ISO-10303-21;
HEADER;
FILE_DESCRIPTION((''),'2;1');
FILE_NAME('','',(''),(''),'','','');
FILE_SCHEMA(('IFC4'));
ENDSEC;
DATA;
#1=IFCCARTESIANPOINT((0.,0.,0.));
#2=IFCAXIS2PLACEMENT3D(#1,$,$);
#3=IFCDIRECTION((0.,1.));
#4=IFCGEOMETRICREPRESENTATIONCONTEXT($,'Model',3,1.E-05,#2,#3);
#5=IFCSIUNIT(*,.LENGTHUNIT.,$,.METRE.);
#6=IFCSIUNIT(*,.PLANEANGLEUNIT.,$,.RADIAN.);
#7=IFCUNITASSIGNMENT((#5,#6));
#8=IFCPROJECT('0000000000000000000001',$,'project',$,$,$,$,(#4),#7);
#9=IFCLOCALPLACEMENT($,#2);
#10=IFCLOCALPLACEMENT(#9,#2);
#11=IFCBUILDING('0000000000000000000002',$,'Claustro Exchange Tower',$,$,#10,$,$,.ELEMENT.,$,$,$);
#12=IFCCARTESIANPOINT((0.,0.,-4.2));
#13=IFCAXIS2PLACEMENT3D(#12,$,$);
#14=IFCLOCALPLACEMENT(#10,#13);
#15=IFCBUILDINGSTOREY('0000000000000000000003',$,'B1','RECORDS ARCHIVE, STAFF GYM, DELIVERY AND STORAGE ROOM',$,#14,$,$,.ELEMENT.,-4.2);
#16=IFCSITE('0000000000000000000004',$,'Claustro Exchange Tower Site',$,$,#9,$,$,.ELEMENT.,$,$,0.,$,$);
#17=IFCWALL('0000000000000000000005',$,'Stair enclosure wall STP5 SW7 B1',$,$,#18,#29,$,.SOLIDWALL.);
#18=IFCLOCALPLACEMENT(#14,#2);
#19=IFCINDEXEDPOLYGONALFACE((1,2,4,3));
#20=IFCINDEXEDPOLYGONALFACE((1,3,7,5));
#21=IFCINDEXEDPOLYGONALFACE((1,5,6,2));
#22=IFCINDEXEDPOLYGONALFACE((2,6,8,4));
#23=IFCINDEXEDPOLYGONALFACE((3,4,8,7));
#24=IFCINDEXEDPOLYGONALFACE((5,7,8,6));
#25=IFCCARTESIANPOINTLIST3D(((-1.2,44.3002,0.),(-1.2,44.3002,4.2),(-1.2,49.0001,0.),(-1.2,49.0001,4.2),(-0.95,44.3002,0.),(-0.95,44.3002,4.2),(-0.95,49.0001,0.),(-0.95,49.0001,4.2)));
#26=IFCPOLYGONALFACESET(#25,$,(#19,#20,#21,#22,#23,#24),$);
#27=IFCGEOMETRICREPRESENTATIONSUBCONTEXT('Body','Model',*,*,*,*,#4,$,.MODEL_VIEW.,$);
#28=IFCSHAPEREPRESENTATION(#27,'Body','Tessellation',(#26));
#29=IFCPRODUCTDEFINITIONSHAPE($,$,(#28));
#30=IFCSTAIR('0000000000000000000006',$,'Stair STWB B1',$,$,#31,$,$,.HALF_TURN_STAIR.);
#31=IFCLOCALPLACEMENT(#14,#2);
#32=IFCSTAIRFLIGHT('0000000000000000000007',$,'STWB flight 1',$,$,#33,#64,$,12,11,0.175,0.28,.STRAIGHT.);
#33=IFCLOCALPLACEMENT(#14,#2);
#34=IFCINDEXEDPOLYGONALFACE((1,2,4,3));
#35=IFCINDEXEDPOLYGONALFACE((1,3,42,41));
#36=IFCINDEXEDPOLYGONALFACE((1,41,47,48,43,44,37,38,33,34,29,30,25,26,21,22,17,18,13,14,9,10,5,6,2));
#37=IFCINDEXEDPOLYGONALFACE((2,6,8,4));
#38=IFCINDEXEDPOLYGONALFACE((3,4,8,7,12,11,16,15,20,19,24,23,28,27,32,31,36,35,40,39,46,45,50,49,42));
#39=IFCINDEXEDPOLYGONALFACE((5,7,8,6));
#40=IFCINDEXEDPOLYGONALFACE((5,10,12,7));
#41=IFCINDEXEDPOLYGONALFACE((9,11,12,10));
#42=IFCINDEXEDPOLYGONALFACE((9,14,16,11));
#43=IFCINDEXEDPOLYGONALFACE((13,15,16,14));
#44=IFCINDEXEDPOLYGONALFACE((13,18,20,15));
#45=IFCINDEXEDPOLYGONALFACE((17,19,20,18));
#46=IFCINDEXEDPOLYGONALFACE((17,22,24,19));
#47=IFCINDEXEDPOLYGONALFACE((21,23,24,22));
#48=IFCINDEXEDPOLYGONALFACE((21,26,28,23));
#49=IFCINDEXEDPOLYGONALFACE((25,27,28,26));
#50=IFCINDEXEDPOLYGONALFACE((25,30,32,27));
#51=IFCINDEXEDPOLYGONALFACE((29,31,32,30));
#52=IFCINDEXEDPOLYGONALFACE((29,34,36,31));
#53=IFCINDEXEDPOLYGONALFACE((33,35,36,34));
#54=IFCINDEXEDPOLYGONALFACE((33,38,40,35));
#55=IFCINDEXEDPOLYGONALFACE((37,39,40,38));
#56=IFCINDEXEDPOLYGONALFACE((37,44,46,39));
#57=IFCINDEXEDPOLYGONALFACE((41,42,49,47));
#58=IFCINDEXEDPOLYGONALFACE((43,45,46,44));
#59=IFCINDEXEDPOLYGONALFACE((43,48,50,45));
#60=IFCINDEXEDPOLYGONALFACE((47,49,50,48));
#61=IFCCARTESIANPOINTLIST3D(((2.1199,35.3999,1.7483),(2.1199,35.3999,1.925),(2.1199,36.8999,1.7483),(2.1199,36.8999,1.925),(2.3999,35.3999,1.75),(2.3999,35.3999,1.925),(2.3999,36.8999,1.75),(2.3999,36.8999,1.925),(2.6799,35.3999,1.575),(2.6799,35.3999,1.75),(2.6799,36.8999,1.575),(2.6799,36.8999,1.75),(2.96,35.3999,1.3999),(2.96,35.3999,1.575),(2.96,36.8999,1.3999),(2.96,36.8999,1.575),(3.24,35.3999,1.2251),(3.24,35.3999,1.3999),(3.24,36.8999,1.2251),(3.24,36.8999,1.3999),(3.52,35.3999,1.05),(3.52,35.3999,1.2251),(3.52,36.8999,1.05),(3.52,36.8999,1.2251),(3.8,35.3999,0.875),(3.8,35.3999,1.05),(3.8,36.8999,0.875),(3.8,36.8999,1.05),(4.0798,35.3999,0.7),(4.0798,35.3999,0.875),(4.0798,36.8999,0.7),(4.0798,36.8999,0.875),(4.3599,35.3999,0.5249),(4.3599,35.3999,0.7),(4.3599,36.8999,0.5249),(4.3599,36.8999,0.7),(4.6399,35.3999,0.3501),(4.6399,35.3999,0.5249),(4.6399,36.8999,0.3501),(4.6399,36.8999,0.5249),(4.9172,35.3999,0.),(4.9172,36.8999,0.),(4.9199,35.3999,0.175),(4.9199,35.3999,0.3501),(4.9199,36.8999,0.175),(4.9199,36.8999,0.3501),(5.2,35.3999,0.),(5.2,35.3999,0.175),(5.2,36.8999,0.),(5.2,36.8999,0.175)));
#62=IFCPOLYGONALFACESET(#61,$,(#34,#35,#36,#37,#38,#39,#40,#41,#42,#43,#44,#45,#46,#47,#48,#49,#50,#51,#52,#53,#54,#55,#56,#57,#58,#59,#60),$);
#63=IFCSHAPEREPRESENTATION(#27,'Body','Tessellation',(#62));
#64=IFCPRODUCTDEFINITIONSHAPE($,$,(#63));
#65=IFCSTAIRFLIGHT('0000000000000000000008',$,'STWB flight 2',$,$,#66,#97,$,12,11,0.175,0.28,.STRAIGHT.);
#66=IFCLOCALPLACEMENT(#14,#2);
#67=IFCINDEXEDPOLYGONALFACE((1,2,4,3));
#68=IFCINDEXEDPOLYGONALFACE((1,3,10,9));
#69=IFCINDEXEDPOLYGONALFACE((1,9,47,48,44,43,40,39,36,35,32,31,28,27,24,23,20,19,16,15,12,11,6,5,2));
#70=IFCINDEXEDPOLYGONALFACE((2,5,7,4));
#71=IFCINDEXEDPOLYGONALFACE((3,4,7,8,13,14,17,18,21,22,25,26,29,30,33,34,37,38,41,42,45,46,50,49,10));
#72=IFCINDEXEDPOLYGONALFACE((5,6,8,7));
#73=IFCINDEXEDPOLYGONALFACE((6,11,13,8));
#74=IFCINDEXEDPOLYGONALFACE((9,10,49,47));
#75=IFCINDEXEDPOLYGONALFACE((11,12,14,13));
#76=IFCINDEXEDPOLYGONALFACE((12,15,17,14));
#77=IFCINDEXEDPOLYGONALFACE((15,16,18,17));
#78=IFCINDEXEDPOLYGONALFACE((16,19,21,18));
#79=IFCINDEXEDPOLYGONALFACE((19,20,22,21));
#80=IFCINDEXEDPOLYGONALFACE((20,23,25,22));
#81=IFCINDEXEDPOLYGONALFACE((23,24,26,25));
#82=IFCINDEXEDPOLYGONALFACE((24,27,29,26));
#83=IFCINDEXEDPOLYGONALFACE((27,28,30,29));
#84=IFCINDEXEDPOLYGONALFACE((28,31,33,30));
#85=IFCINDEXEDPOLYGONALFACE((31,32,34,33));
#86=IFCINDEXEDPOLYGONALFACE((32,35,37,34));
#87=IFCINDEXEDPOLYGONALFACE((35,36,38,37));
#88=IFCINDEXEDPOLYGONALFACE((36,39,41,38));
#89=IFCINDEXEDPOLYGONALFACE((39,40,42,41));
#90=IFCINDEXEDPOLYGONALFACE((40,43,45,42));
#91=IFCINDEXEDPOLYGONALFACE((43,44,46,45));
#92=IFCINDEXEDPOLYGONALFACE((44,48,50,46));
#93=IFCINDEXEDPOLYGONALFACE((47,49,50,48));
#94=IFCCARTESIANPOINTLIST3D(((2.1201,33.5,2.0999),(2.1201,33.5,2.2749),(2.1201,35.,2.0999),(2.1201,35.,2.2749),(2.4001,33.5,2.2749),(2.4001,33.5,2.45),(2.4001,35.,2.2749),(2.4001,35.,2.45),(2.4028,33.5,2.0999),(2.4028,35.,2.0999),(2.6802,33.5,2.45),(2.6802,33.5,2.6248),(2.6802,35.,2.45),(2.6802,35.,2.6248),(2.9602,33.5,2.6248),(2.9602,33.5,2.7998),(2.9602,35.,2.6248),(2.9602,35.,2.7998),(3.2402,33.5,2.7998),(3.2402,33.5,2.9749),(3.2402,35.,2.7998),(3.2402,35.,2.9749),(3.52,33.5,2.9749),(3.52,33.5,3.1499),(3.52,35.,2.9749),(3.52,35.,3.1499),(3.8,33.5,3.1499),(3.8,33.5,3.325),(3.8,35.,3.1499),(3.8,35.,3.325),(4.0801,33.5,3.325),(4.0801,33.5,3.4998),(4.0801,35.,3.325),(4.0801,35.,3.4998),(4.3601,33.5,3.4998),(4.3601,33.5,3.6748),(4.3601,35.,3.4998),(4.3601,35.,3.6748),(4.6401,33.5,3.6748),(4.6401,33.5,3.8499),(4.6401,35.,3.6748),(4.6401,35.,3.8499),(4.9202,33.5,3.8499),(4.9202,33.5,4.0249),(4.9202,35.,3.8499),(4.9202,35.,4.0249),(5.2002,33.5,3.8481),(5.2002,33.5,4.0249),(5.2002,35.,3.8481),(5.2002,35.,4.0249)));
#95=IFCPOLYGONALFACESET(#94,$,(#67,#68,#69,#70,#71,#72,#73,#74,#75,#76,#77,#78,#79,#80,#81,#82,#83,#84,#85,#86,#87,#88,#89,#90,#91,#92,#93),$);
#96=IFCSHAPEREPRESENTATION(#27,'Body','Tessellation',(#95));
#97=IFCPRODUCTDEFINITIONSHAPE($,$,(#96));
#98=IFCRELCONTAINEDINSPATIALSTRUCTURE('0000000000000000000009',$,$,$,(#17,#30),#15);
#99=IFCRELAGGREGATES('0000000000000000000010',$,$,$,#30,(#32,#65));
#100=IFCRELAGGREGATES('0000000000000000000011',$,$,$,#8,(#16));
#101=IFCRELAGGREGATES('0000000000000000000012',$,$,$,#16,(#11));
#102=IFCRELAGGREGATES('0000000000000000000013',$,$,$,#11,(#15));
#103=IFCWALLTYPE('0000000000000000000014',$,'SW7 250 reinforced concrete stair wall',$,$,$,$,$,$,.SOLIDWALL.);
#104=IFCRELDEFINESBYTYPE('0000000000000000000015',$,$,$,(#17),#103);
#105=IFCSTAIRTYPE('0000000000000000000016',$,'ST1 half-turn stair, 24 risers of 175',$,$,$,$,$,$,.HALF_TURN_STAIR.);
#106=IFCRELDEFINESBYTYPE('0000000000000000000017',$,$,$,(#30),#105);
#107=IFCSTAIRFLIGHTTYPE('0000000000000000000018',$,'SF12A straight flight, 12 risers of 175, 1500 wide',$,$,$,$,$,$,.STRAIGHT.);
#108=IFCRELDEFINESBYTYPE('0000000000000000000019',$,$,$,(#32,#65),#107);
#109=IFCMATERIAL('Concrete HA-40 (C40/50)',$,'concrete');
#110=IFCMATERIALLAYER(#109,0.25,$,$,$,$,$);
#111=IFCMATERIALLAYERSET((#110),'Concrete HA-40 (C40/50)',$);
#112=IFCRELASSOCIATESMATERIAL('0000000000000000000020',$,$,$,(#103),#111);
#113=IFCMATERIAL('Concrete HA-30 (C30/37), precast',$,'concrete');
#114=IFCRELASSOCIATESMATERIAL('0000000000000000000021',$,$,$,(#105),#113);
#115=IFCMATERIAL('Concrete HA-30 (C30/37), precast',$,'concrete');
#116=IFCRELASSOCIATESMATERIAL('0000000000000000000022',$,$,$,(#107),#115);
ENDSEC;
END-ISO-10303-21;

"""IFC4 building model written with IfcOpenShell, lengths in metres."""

from ifc_helpers import new_model, si_unit, direction, frame, frame_2d, origin, place, context, subcontext, project, spatial, polyline, rectangle, outline, extrude, material, layer, layer_set, type_object, element, aggregate, save


model = new_model("IFC4")

# Units and contexts
model_context = context("Model", 3, precision=1e-05, world=origin(), true_north=direction((0.0, 1.0)))
body_context = subcontext(model_context, "Body", "Model", "MODEL_VIEW")
ifc_project = project(units=[si_unit("LENGTHUNIT", "METRE"), si_unit("PLANEANGLEUNIT", "RADIAN")], contexts=[model_context])

# Site, building, storey
site_placement = place(None, origin())
site = spatial("IfcSite", under=ifc_project, at=site_placement, Name="Claustro Exchange Tower Site", CompositionType="ELEMENT", RefElevation=0.0)
building_placement = place(site_placement, origin())
building = spatial("IfcBuilding", under=site, at=building_placement, Name="Claustro Exchange Tower", CompositionType="ELEMENT")
storey_placement = place(building_placement, frame((0.0, 0.0, -4.2)))
storey = spatial("IfcBuildingStorey", under=building, at=storey_placement, Name="B1", Description="RECORDS ARCHIVE, STAFF GYM, DELIVERY AND STORAGE ROOM", CompositionType="ELEMENT", Elevation=-4.2)

# Shared definitions
ifc_material_1 = material(Name="Concrete HA-40 (C40/50)", Category="concrete")
ifc_layer_1 = layer(ifc_material_1, 0.25)
ifc_layer_set_1 = layer_set([ifc_layer_1], Name="Concrete HA-40 (C40/50)")
wall_type_1 = type_object("IfcWallType", Name="SW7 250 reinforced concrete stair wall", PredefinedType="SOLIDWALL", material=ifc_layer_set_1)

# Wall
wall_1_placement = place(storey_placement, frame((-1.075, 44.3, 0.0), z_axis=(0.0, 0.0, 1.0), x_axis=(0.0, 1.0, 0.0)))
element("IfcWall", 1, at=wall_1_placement, inside=storey, type_object=wall_type_1, Name="Stair enclosure wall STP5 SW7 B1", PredefinedType="SOLIDWALL", context=body_context, shape_type="SweptSolid", body=[
    extrude(rectangle(XDim=4.7, YDim=0.25, at=frame_2d((2.3501, 0.0))), origin(), (0.0, 0.0, 1.0), 4.2),
])

# Stair, stair flights
ifc_material_2 = material(Name="Concrete HA-30 (C30/37), precast", Category="concrete")
stair_type = type_object("IfcStairType", Name="ST1 half-turn stair, 24 risers of 175", PredefinedType="HALF_TURN_STAIR", material=ifc_material_2)
stair_placement = place(storey_placement, origin())
stair = element("IfcStair", 2, at=stair_placement, inside=storey, type_object=stair_type, Name="Stair STWB B1", PredefinedType="HALF_TURN_STAIR")
ifc_material_3 = material(Name="Concrete HA-30 (C30/37), precast", Category="concrete")
stair_flight_type = type_object("IfcStairFlightType", Name="SF12A straight flight, 12 risers of 175, 1500 wide", PredefinedType="STRAIGHT", material=ifc_material_3)
stair_flight_1_placement = place(storey_placement, frame((5.2, 36.1499, 0.0), z_axis=(0.0, 0.0, 1.0), x_axis=(-1.0, 0.0, 0.0)))
stair_flight_1 = element("IfcStairFlight", 3, at=stair_flight_1_placement, type_object=stair_flight_type, Name="STWB flight 1", NumberOfRisers=12, NumberOfTreads=11, PredefinedType="STRAIGHT", RiserHeight=0.175, TreadLength=0.28, context=body_context, shape_type="SweptSolid", body=[
    extrude(outline(polyline([(0.0, 0.0), (0.0, 0.175), (0.28, 0.175), (0.28, 0.3501), (0.5601, 0.3501), (0.5601, 0.5249), (0.8401, 0.5249), (0.8401, 0.7), (1.1201, 0.7), (1.1201, 0.875), (1.3999, 0.875), (1.3999, 1.05), (1.6799, 1.05), (1.6799, 1.2251), (1.96, 1.2251), (1.96, 1.3999), (2.24, 1.3999), (2.24, 1.575), (2.52, 1.575), (2.52, 1.75), (2.8, 1.75), (2.8, 1.925), (3.0801, 1.925), (3.0801, 2.1001), (3.0801, 1.7483), (0.2827, 0.0), (0.0, 0.0)])), frame((0.0, 0.75, 0.0), z_axis=(0.0, -1.0, 0.0), x_axis=(1.0, 0.0, 0.0)), (0.0, 0.0, 1.0), 1.5),
])
stair_flight_2_placement = place(storey_placement, frame((2.1201, 34.25, 2.0999), z_axis=(0.0, 0.0, 1.0), x_axis=(1.0, 0.0, 0.0)))
stair_flight_2 = element("IfcStairFlight", 4, at=stair_flight_2_placement, type_object=stair_flight_type, Name="STWB flight 2", NumberOfRisers=12, NumberOfTreads=11, PredefinedType="STRAIGHT", RiserHeight=0.175, TreadLength=0.28, context=body_context, shape_type="SweptSolid", body=[
    extrude(outline(polyline([(0.0, 0.0), (0.0, 0.175), (0.28, 0.175), (0.28, 0.3501), (0.5601, 0.3501), (0.5601, 0.5249), (0.8401, 0.5249), (0.8401, 0.7), (1.1201, 0.7), (1.1201, 0.875), (1.3999, 0.875), (1.3999, 1.05), (1.6799, 1.05), (1.6799, 1.2251), (1.96, 1.2251), (1.96, 1.3999), (2.24, 1.3999), (2.24, 1.575), (2.52, 1.575), (2.52, 1.75), (2.8, 1.75), (2.8, 1.925), (3.0801, 1.925), (3.0801, 2.1001), (3.0801, 1.7483), (0.2827, 0.0), (0.0, 0.0)])), frame((0.0, 0.75, 0.0), z_axis=(0.0, -1.0, 0.0), x_axis=(1.0, 0.0, 0.0)), (0.0, 0.0, 1.0), 1.5),
])
aggregate(stair, [stair_flight_1, stair_flight_2])

save(model, "model.ifc")
